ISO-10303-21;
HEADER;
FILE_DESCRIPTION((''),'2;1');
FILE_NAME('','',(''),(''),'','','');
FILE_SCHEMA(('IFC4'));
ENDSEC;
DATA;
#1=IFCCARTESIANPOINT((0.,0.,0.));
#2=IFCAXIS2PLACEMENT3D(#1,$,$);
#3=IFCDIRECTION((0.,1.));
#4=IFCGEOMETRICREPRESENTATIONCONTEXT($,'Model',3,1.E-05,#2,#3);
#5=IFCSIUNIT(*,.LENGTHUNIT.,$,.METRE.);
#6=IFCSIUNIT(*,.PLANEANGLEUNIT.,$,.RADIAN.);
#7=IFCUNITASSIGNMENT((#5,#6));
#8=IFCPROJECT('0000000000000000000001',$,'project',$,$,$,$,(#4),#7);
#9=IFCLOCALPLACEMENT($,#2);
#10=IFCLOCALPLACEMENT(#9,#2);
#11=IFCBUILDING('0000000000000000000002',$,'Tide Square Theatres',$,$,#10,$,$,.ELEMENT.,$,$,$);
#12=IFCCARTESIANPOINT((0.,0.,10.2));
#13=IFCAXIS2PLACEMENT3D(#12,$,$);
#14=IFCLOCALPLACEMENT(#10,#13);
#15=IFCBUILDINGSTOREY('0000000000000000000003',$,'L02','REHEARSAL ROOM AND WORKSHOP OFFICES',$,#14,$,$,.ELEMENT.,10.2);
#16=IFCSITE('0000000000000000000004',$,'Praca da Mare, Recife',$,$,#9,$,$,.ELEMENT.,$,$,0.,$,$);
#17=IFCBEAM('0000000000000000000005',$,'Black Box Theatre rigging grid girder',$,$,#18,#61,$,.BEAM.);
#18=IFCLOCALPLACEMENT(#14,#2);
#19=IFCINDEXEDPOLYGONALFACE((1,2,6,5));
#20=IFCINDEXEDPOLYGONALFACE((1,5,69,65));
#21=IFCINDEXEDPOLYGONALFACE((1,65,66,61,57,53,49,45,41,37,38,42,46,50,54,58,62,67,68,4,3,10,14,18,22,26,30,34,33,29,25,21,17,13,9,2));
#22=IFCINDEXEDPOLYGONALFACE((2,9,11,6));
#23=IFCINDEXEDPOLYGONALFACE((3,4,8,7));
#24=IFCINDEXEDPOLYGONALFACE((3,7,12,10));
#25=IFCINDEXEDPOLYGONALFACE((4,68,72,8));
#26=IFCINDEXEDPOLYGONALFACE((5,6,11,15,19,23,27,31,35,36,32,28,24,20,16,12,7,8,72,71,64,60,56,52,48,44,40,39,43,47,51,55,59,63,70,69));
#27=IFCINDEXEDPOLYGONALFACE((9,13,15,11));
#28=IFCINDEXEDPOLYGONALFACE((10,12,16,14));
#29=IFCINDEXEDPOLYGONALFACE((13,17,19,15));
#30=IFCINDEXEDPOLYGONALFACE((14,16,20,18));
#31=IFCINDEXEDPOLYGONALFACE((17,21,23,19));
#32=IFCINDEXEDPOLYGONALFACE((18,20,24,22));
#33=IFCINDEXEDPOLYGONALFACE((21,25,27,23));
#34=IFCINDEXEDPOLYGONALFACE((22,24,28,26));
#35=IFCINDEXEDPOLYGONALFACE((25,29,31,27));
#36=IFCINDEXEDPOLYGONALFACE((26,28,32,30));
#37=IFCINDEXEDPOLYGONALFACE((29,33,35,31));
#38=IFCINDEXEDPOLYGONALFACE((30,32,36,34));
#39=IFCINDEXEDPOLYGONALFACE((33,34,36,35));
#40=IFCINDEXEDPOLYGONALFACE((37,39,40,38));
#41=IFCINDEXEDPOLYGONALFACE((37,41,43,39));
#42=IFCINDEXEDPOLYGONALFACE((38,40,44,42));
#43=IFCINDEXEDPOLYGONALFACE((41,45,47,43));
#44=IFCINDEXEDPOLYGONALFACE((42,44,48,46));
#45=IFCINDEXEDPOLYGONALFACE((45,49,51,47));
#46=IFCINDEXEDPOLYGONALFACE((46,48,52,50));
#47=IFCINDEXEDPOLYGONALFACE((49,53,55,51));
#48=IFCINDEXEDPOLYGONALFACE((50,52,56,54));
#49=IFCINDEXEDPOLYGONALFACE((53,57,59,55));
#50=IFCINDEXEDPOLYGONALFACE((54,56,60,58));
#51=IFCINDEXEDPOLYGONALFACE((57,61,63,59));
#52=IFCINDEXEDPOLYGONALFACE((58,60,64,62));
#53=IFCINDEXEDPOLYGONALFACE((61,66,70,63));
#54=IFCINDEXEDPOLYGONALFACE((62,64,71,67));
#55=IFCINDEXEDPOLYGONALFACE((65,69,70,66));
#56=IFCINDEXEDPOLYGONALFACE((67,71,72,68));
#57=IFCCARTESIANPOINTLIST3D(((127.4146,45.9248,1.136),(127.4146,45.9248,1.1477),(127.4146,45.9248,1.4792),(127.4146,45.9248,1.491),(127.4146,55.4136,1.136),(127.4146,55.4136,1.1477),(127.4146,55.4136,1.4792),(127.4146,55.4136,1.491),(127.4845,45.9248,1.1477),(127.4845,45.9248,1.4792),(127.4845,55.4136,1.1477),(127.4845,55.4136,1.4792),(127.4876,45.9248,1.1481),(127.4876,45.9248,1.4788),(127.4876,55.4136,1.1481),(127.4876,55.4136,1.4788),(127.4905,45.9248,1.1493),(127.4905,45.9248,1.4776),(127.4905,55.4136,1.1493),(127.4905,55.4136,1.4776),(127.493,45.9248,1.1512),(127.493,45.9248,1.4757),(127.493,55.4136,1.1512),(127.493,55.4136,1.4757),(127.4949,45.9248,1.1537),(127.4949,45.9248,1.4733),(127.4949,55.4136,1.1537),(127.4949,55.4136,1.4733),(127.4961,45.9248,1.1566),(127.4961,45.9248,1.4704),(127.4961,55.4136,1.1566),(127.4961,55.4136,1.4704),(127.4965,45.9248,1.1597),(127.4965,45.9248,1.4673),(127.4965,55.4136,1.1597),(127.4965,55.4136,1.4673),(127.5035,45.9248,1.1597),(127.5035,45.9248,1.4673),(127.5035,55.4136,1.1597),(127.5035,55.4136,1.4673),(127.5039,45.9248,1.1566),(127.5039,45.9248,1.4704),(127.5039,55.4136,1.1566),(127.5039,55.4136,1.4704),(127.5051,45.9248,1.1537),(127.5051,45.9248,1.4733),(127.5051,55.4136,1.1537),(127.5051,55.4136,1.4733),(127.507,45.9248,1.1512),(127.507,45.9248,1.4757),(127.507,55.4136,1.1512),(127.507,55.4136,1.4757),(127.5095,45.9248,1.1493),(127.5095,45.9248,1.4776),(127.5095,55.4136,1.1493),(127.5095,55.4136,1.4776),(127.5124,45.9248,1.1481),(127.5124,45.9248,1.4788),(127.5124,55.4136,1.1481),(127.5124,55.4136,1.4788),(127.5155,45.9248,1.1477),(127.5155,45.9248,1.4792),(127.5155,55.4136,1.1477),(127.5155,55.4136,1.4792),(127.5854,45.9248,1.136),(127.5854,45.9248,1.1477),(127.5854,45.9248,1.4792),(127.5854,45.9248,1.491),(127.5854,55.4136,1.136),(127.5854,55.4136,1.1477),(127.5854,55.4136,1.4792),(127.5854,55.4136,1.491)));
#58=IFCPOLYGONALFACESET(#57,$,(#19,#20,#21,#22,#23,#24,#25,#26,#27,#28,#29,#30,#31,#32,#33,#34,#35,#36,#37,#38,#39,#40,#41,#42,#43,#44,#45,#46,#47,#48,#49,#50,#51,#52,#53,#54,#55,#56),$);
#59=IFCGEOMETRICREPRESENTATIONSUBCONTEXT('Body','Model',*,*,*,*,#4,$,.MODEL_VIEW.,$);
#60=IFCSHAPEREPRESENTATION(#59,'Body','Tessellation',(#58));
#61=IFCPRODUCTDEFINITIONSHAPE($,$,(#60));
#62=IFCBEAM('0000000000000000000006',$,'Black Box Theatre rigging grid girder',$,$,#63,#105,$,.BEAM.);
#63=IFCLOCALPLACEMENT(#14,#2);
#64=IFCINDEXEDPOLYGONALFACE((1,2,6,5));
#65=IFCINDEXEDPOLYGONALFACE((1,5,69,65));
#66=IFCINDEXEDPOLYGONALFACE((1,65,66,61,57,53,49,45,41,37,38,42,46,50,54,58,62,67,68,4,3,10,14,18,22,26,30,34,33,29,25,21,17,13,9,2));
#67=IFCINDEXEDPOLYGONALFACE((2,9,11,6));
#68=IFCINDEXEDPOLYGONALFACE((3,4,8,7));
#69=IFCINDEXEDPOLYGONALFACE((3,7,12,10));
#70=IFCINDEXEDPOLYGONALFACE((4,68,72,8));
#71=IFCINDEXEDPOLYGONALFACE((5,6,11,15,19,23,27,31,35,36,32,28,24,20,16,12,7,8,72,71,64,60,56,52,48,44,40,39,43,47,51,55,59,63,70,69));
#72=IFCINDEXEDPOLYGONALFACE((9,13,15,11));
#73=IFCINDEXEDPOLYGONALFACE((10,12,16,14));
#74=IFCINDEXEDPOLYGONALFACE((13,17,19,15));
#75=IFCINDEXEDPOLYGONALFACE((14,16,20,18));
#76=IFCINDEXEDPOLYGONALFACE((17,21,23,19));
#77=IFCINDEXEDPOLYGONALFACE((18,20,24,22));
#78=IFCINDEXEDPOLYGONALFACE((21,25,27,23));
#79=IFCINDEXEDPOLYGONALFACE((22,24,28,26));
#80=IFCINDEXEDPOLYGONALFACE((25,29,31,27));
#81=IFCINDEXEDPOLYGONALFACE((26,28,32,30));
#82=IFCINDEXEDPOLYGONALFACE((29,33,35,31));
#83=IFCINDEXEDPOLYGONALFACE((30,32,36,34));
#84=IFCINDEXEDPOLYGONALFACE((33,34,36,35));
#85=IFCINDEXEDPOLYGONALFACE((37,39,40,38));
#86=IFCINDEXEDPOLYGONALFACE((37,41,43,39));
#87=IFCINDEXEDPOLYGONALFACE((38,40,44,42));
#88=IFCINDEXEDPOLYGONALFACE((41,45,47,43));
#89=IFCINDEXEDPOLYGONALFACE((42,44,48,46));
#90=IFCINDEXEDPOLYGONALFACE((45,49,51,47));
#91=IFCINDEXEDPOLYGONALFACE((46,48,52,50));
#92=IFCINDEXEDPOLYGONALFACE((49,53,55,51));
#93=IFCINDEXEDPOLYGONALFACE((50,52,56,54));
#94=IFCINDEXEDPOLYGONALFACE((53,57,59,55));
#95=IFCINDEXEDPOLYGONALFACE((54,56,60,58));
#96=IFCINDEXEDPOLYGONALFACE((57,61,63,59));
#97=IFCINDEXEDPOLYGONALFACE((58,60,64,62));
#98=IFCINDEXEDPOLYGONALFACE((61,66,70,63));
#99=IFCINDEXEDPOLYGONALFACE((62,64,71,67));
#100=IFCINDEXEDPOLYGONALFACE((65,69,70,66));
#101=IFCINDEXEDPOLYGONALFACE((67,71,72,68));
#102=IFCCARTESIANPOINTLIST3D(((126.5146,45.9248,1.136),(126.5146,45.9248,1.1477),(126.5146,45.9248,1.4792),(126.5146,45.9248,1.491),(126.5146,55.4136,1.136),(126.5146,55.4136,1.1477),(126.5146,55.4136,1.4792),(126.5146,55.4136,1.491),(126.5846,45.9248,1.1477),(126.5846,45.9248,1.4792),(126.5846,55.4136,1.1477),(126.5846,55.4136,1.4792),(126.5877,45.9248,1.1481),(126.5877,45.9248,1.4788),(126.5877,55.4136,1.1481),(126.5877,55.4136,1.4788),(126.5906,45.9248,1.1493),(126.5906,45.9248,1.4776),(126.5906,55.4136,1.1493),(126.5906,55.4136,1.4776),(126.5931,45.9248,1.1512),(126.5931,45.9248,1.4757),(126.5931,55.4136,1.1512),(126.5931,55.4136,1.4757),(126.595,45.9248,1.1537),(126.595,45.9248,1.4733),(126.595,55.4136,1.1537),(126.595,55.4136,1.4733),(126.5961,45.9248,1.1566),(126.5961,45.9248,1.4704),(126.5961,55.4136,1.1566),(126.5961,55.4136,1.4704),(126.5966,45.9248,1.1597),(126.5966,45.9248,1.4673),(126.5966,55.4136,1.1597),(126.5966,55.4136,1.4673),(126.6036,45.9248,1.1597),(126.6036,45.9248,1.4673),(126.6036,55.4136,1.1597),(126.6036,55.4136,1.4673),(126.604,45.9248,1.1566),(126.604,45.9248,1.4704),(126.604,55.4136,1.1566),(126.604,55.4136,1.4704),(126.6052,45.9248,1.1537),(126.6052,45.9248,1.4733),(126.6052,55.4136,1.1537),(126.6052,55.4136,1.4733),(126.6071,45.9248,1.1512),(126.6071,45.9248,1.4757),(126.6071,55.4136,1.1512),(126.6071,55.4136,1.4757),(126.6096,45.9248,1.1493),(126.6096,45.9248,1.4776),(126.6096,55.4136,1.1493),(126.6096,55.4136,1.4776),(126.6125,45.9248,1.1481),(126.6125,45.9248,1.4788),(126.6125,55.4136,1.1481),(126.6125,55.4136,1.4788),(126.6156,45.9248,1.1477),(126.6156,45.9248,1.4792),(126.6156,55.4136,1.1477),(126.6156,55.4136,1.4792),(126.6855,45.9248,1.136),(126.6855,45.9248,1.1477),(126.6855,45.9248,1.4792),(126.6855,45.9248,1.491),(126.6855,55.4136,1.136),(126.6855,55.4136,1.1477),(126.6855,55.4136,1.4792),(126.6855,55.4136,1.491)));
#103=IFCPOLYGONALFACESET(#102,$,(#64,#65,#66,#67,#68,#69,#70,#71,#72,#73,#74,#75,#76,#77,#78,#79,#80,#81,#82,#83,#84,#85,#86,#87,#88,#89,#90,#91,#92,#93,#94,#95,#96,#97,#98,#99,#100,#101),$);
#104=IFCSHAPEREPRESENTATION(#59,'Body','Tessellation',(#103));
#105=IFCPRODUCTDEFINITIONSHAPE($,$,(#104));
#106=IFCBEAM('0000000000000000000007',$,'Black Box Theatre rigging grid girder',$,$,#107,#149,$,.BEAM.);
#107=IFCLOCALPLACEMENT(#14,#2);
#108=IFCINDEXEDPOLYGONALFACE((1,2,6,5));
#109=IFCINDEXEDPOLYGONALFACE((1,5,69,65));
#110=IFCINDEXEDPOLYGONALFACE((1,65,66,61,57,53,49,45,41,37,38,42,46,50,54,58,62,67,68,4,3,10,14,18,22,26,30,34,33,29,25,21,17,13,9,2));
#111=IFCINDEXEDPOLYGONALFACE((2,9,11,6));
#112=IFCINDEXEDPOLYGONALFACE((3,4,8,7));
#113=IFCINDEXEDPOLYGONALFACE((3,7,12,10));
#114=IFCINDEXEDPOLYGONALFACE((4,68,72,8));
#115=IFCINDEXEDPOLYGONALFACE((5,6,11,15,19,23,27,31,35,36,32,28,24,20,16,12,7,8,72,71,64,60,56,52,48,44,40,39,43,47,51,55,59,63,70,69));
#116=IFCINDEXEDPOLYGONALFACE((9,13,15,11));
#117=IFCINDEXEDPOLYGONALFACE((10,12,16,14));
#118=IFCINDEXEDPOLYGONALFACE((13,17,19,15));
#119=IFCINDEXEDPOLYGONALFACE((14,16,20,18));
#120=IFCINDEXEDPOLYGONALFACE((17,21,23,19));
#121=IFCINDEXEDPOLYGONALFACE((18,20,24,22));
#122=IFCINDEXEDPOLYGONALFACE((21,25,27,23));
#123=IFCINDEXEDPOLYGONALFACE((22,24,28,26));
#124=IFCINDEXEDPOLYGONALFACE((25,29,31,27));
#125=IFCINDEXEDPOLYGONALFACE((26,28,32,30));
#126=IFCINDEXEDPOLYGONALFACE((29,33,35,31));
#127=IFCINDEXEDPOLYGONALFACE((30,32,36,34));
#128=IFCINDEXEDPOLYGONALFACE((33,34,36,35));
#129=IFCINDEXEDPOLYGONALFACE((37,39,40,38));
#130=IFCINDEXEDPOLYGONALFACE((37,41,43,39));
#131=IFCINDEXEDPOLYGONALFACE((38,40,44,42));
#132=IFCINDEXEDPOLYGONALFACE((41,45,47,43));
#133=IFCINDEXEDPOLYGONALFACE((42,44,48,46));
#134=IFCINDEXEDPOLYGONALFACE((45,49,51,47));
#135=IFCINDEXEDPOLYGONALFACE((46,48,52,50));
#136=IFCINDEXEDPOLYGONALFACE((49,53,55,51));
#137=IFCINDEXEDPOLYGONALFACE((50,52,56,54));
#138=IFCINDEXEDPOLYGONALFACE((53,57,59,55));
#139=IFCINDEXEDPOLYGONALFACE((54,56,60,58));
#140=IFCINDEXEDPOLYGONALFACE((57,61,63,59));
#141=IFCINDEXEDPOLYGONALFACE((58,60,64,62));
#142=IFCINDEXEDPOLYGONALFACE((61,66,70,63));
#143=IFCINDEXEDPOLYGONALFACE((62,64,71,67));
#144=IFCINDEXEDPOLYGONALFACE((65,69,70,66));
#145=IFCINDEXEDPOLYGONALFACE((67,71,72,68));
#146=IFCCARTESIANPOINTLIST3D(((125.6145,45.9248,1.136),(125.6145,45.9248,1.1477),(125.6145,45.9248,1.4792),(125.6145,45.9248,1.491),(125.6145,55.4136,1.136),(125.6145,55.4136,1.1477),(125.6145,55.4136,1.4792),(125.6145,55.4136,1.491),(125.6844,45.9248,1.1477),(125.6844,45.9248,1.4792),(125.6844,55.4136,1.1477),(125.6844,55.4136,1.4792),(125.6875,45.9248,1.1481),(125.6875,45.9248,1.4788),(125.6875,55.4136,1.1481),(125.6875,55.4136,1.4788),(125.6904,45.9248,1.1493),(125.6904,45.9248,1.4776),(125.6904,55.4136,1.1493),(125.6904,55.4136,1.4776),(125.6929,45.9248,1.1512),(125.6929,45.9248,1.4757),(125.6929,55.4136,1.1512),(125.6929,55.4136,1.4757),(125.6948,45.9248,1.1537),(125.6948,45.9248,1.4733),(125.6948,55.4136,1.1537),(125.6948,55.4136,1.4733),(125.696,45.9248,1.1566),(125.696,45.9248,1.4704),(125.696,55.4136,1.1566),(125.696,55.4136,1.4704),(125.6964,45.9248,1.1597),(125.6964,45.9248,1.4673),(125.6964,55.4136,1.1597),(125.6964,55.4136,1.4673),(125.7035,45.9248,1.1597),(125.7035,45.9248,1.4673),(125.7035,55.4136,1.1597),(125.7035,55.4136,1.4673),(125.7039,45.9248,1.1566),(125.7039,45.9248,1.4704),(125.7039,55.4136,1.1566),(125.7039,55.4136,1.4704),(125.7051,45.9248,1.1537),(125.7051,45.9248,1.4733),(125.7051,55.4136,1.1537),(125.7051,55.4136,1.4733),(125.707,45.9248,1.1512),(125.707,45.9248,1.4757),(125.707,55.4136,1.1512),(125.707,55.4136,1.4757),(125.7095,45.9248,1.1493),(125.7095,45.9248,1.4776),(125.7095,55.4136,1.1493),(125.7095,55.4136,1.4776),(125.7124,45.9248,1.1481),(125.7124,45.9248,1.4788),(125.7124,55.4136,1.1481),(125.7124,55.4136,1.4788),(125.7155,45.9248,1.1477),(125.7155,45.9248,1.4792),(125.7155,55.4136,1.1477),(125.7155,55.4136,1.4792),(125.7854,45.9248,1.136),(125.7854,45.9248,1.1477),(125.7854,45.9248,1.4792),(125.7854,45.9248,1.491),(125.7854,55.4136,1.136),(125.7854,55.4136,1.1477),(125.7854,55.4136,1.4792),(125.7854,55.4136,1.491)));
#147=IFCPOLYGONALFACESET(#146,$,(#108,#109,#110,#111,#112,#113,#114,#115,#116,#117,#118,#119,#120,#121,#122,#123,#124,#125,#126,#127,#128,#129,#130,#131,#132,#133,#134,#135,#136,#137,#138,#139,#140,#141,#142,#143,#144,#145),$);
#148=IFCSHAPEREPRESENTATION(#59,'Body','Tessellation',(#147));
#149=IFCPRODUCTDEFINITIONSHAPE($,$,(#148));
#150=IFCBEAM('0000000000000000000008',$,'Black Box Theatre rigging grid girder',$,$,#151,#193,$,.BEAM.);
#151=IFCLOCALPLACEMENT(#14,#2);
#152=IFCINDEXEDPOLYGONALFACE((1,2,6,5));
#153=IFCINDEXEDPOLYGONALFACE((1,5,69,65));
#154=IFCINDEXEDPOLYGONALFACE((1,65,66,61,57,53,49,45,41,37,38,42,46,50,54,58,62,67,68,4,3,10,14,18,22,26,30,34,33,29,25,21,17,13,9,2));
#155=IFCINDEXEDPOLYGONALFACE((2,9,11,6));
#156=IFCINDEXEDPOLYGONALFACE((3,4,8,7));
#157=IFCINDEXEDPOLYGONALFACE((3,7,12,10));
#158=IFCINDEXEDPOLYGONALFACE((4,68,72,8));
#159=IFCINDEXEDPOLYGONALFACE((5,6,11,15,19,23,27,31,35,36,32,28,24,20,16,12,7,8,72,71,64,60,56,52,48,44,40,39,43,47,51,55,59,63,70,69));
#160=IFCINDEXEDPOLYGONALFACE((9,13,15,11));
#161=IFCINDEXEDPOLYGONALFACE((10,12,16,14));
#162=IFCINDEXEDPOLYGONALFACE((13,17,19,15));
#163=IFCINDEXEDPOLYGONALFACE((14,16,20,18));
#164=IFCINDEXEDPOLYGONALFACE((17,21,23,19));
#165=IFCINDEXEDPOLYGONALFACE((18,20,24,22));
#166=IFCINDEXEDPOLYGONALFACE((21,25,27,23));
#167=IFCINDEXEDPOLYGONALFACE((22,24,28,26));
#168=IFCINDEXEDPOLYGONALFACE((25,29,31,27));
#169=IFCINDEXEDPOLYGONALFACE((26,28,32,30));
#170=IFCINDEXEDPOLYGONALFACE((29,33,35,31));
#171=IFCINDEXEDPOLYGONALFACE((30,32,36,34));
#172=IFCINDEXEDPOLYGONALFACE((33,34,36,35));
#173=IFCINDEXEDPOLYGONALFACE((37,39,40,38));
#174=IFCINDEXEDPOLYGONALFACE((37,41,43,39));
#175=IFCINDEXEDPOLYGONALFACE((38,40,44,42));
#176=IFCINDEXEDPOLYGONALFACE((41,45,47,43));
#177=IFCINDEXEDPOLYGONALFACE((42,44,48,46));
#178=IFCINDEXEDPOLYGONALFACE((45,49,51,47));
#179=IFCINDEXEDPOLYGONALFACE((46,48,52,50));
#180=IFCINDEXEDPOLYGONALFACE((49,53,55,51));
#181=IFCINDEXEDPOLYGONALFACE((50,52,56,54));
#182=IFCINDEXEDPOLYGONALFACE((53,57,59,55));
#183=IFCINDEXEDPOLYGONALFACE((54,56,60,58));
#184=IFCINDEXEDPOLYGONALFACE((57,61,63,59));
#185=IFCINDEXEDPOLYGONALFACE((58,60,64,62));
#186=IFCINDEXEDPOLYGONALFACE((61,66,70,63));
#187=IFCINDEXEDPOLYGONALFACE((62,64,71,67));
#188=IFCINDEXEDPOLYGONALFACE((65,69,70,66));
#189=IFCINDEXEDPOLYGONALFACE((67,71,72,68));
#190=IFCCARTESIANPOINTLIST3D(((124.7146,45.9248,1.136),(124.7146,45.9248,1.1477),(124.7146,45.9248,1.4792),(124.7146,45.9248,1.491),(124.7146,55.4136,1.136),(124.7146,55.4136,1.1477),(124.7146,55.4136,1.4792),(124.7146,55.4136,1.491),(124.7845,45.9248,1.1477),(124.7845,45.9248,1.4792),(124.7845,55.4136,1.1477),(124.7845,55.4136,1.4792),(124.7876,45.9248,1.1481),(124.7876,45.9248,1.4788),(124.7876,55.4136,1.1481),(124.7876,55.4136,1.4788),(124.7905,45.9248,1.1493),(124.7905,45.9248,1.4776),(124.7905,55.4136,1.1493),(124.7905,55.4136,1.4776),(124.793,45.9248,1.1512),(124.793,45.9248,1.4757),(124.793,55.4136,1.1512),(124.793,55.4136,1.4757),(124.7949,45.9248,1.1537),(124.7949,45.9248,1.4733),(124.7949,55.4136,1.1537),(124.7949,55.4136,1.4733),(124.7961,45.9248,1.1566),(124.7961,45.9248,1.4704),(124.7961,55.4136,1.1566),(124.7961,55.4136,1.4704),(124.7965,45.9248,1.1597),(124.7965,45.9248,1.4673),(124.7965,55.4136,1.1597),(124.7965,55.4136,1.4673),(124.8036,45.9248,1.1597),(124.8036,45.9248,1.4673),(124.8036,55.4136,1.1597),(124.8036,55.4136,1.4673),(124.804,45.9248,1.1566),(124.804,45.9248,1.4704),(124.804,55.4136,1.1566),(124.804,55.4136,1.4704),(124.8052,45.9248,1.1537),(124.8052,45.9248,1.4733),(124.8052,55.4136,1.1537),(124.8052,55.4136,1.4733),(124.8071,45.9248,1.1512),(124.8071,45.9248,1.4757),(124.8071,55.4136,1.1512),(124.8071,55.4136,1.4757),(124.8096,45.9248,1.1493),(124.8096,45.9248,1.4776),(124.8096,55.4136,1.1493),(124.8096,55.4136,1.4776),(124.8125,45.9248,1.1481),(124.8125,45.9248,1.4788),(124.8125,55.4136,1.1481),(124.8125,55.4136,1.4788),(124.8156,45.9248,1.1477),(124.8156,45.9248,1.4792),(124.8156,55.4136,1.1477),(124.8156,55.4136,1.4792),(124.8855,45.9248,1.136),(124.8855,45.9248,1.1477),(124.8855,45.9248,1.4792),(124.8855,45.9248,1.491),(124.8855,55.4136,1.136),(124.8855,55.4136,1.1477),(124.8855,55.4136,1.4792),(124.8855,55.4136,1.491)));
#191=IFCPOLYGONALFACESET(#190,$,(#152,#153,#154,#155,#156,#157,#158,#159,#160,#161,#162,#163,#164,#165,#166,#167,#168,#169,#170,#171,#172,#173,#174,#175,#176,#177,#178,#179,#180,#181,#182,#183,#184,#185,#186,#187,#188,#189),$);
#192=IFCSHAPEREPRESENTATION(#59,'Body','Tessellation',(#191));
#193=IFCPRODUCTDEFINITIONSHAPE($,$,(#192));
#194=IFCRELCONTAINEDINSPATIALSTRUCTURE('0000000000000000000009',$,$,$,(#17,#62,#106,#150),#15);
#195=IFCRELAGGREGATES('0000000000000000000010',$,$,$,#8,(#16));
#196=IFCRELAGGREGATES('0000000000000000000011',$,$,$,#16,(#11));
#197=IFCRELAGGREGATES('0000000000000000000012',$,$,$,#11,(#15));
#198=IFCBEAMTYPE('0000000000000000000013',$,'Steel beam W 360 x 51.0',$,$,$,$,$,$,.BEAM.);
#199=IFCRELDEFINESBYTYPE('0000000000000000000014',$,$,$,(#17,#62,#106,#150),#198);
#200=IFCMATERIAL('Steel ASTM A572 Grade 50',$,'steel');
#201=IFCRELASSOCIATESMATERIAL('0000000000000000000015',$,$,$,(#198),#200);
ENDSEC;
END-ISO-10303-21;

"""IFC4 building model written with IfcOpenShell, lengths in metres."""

from ifc_helpers import new_model, si_unit, direction, frame, origin, origin_2d, place, context, subcontext, project, spatial, i_section, extrude, material, material_profile, profile_set, type_object, element, save


model = new_model("IFC4")

# Units and contexts
model_context = context("Model", 3, precision=1e-05, world=origin(), true_north=direction((0.0, 1.0)))
body_context = subcontext(model_context, "Body", "Model", "MODEL_VIEW")
ifc_project = project(units=[si_unit("LENGTHUNIT", "METRE"), si_unit("PLANEANGLEUNIT", "RADIAN")], contexts=[model_context])

# Site, building, storey
site_placement = place(None, origin())
site = spatial("IfcSite", under=ifc_project, at=site_placement, Name="Praca da Mare, Recife", CompositionType="ELEMENT", RefElevation=0.0)
building_placement = place(site_placement, origin())
building = spatial("IfcBuilding", under=site, at=building_placement, Name="Tide Square Theatres", CompositionType="ELEMENT")
storey_placement = place(building_placement, frame((0.0, 0.0, 10.2)))
storey = spatial("IfcBuildingStorey", under=building, at=storey_placement, Name="L02", Description="REHEARSAL ROOM AND WORKSHOP OFFICES", CompositionType="ELEMENT", Elevation=10.2)

# Beams
ifc_material_1 = material(Name="Steel ASTM A572 Grade 50", Category="steel")
ifc_material_profile_1 = material_profile(ifc_material_1, i_section(OverallWidth=0.1709, OverallDepth=0.355, WebThickness=0.0071, FlangeThickness=0.0117, FilletRadius=0.012, at=origin_2d()))
ifc_profile_set_1 = profile_set([ifc_material_profile_1], Name="Steel ASTM A572 Grade 50")
beam_type = type_object("IfcBeamType", Name="Steel beam W 360 x 51.0", PredefinedType="BEAM", material=ifc_profile_set_1)
for number, where, z_axis, x_axis, name in (
    (1, (127.5, 45.9248, 1.3135), (0.0, 1.0, 0.0), (-1.0, 0.0, 0.0), "Black Box Theatre rigging grid girder"),
    (2, (126.6001, 45.9248, 1.3135), (0.0, 1.0, 0.0), (-1.0, 0.0, 0.0), "Black Box Theatre rigging grid girder"),
    (3, (125.7, 45.9248, 1.3135), (0.0, 1.0, 0.0), (-1.0, 0.0, 0.0), "Black Box Theatre rigging grid girder"),
    (4, (124.8, 45.9248, 1.3135), (0.0, 1.0, 0.0), (-1.0, 0.0, 0.0), "Black Box Theatre rigging grid girder"),
):
    element("IfcBeam", number, at=place(storey_placement, frame(where, z_axis=z_axis, x_axis=x_axis)), inside=storey, type_object=beam_type, Name=name, PredefinedType="BEAM", context=body_context, shape_type="SweptSolid", body=[
        extrude(i_section(OverallWidth=0.1709, OverallDepth=0.355, WebThickness=0.0071, FlangeThickness=0.0117, FilletRadius=0.012, at=origin_2d()), origin(), (0.0, 0.0, 1.0), 9.4888),
    ])

save(model, "model.ifc")
